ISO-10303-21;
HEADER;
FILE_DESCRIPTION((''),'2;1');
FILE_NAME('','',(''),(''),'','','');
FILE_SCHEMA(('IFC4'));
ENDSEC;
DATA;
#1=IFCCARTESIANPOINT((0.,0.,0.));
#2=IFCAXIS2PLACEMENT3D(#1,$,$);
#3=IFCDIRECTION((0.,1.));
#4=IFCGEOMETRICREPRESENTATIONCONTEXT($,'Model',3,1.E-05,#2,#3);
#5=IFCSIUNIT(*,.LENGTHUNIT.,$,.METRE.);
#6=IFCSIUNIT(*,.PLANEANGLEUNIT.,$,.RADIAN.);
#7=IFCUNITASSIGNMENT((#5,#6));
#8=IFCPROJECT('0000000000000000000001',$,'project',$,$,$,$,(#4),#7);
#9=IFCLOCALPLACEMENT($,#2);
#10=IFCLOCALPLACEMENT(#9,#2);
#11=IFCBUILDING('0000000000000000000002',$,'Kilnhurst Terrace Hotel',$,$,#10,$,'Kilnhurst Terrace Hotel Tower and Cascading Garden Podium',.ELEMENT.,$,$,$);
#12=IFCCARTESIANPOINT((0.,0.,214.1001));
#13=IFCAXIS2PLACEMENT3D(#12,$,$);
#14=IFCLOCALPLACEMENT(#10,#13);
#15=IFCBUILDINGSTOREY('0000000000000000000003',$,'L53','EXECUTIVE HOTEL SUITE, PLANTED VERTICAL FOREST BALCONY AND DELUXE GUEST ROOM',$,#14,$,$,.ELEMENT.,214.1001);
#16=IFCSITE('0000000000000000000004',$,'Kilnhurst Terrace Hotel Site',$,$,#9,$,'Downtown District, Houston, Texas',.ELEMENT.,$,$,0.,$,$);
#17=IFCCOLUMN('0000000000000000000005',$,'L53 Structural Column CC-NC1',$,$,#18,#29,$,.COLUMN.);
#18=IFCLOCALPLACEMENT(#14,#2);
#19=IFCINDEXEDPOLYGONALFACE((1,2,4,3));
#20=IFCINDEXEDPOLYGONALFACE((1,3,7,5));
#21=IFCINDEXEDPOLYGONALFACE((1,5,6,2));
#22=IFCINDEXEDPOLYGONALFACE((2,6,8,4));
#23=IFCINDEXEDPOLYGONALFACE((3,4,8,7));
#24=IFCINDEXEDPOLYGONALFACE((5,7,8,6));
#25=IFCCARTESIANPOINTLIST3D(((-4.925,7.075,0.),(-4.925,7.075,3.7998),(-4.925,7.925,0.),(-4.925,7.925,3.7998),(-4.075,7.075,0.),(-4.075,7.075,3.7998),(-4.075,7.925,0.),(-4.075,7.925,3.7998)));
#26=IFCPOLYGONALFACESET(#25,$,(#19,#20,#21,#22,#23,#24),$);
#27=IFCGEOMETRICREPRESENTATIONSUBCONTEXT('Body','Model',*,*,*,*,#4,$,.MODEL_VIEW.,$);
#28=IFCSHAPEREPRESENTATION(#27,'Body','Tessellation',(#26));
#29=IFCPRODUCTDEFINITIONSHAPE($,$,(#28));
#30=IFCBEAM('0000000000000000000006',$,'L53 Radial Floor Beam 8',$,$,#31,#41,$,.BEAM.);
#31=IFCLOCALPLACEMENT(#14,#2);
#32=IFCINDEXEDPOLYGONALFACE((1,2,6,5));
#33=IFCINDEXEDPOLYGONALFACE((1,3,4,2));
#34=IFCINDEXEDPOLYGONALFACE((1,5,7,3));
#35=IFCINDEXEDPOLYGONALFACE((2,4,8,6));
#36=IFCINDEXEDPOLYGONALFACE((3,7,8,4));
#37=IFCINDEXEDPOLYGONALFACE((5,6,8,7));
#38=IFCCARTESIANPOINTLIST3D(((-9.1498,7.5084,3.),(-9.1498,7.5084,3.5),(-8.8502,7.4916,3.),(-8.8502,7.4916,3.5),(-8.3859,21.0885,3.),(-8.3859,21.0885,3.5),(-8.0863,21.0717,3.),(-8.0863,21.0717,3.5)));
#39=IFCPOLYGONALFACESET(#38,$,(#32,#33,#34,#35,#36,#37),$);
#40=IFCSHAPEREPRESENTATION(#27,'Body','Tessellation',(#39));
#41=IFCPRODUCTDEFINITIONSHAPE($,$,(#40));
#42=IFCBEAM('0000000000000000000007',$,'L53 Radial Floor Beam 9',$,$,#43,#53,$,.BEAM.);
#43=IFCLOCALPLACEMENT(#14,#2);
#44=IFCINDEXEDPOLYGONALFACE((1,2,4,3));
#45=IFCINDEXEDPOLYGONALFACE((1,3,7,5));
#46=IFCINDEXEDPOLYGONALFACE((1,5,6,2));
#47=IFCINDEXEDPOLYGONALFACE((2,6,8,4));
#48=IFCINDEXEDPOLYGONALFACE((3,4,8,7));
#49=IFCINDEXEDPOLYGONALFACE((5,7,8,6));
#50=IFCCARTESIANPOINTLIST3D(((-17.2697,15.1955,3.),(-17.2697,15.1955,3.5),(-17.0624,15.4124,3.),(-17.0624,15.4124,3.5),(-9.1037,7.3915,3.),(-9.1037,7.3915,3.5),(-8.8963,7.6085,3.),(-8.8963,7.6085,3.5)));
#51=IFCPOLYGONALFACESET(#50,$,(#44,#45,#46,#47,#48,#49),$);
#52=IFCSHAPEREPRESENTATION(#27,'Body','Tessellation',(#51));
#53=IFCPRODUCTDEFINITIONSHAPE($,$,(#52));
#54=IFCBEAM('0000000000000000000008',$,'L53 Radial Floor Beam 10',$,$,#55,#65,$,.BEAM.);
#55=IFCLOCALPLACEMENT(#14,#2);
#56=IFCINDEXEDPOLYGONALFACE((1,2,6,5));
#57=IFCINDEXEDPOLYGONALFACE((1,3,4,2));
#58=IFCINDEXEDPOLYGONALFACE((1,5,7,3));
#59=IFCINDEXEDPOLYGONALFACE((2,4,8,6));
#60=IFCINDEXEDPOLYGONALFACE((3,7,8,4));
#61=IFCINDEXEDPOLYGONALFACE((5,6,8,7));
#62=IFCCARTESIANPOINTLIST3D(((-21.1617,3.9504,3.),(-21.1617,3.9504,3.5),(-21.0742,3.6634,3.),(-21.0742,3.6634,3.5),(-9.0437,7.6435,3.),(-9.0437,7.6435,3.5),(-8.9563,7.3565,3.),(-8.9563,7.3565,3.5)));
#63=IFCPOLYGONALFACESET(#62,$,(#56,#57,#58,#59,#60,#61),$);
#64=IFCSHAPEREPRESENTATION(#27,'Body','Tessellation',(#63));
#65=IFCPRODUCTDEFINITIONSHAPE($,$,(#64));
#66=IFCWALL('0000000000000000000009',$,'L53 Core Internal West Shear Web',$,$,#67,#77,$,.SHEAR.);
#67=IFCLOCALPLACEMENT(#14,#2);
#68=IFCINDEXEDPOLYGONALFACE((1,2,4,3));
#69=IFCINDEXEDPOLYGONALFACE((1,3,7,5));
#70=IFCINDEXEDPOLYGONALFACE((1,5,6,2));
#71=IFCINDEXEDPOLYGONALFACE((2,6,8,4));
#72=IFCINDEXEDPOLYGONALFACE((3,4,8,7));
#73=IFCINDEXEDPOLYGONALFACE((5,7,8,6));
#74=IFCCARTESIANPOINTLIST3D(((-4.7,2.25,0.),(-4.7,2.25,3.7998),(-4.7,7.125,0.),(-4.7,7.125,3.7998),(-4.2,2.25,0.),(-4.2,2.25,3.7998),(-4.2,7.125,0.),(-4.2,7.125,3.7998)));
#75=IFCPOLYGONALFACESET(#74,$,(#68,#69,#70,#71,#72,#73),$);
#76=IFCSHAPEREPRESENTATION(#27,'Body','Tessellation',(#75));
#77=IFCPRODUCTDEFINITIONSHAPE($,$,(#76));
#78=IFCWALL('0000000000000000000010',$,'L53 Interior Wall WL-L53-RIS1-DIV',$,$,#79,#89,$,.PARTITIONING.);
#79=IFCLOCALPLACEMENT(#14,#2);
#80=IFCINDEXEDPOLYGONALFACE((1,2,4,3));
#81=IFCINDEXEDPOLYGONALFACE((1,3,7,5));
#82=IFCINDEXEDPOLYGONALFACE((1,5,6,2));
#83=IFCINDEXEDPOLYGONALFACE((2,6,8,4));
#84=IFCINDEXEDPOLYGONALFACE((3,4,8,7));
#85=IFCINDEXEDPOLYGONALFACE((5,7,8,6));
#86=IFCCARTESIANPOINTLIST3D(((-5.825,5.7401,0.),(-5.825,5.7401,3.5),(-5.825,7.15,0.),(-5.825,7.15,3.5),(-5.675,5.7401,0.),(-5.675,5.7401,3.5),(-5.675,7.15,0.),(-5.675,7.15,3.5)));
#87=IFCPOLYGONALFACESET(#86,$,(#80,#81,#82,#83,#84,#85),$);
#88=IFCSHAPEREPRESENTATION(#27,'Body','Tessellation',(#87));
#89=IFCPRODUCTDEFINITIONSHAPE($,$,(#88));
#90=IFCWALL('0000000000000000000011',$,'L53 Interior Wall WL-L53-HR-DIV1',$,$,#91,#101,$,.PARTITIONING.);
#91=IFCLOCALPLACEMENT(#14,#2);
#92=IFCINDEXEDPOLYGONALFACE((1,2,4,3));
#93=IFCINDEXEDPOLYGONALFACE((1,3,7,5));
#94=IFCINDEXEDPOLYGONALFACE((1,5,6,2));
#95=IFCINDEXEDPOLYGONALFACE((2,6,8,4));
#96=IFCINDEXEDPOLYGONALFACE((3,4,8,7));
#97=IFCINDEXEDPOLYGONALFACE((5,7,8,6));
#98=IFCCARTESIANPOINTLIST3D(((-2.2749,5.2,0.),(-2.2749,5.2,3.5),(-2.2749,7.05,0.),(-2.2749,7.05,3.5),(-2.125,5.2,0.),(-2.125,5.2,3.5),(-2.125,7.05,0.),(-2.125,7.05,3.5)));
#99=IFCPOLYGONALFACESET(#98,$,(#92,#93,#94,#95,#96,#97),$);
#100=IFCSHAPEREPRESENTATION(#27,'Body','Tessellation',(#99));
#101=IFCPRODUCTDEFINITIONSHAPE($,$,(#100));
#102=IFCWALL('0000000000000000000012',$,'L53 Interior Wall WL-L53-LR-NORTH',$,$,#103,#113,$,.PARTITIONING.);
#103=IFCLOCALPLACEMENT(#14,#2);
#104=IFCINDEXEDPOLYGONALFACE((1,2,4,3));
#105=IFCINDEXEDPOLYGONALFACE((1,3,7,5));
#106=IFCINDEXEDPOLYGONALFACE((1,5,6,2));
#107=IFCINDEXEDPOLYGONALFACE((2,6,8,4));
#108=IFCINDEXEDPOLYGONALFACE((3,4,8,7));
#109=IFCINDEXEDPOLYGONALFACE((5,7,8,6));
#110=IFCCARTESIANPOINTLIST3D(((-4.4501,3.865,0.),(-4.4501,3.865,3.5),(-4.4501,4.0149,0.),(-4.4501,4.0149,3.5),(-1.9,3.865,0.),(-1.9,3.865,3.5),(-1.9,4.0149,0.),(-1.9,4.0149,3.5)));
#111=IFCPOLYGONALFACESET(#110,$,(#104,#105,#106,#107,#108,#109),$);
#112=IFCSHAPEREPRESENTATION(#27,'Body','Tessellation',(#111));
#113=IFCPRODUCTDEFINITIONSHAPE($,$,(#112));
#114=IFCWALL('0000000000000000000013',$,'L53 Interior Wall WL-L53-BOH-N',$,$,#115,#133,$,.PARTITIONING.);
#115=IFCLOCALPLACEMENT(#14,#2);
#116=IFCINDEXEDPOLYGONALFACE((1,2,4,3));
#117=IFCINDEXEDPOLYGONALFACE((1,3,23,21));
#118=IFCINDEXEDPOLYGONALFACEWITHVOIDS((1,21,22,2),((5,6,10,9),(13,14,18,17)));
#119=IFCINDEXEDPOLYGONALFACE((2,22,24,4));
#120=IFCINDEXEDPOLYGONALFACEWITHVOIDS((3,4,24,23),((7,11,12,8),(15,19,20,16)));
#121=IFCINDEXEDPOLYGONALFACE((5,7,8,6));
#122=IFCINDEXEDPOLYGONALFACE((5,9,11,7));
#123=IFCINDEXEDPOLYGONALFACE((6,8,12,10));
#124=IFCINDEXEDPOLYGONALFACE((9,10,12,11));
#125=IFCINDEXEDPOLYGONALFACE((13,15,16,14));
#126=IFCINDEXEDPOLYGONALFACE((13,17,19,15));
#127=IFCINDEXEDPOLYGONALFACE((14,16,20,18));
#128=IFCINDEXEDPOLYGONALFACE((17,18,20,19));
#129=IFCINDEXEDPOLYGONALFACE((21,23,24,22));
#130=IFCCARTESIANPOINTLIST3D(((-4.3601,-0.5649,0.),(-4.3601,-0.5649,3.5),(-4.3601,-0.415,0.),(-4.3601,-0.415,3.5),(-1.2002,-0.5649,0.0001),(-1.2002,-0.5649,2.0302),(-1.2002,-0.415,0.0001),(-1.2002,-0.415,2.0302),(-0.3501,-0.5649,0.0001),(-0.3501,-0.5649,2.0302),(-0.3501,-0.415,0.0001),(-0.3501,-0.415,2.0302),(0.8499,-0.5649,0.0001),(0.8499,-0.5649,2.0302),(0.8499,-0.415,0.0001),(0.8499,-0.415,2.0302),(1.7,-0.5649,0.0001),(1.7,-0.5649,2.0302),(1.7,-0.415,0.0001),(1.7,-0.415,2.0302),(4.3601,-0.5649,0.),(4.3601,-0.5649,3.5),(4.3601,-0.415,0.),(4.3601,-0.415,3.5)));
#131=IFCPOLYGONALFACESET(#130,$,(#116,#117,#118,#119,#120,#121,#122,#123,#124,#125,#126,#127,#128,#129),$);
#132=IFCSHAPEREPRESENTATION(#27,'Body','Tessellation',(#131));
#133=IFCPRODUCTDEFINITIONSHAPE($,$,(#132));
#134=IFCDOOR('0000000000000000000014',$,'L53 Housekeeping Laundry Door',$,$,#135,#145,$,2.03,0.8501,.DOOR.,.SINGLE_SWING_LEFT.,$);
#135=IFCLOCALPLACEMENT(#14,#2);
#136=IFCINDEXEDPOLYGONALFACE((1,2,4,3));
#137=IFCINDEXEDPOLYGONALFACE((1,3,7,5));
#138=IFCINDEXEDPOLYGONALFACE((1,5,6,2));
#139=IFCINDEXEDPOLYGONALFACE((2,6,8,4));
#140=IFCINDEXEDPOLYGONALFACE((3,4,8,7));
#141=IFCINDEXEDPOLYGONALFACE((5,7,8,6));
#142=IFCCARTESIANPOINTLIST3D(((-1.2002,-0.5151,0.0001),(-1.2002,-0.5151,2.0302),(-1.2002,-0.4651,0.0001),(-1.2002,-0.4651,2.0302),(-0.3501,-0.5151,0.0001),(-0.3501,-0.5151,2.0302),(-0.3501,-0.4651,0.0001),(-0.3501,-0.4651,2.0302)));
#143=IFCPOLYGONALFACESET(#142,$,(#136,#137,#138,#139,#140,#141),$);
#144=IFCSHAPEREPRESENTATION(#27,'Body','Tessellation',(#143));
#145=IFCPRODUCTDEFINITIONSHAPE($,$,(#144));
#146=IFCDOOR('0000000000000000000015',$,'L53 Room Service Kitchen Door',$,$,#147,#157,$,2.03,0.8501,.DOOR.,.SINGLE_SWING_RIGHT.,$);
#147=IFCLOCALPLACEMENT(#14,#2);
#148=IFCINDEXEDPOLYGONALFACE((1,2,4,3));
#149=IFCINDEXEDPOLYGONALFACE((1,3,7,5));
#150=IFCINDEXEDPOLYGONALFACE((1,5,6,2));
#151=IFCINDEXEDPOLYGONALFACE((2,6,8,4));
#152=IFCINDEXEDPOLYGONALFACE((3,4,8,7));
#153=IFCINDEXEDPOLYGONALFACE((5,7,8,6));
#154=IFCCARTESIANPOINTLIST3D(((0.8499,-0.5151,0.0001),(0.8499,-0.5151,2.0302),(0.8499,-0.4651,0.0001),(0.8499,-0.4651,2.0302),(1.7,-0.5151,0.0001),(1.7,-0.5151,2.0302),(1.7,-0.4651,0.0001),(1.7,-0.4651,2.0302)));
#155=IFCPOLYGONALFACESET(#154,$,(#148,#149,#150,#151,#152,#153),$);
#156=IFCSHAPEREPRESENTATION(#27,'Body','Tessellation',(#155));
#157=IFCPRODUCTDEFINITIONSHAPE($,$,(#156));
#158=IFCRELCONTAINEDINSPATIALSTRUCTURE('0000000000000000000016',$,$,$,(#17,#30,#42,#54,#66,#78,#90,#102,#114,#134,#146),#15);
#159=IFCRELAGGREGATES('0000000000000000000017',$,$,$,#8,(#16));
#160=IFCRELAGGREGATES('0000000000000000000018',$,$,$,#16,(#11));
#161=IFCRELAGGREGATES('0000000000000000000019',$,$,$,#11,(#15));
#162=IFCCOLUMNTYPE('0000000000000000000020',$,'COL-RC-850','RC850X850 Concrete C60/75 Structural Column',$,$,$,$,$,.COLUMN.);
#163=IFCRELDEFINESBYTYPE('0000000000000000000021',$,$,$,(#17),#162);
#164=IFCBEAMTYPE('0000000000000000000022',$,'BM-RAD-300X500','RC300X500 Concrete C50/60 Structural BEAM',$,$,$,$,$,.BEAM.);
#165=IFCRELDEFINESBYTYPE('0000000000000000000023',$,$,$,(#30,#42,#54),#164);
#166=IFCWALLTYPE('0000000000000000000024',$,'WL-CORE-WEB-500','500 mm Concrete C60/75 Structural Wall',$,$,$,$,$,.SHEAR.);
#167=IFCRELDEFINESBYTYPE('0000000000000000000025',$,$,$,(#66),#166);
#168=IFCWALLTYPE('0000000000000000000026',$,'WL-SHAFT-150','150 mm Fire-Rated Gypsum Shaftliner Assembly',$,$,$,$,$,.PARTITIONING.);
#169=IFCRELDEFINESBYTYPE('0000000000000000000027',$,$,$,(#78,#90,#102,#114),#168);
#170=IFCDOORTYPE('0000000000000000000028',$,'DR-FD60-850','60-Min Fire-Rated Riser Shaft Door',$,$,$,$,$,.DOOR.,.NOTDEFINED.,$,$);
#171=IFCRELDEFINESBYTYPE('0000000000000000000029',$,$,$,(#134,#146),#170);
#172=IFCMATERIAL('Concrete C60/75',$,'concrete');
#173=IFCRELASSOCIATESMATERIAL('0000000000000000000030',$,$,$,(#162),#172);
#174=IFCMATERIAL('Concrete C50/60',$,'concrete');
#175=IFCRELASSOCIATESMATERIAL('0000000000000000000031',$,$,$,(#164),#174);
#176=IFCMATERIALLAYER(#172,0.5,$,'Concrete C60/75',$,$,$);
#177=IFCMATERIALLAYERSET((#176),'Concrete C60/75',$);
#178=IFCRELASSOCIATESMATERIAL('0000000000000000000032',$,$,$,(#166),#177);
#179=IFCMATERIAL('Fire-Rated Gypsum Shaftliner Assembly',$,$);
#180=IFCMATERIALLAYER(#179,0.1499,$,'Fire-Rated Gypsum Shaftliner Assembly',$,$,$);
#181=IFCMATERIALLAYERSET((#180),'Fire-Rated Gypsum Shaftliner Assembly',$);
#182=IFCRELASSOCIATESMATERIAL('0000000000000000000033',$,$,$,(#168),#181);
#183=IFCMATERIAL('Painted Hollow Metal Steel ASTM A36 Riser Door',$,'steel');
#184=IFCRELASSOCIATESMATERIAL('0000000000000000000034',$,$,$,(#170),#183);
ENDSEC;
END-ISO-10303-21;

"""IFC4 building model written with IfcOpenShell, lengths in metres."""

from ifc_helpers import new_model, si_unit, direction, frame, frame_2d, origin, origin_2d, place, context, subcontext, project, spatial, rectangle, extrude, material, layer, layer_set, material_profile, profile_set, type_object, element, fill, save


model = new_model("IFC4")

# Units and contexts
model_context = context("Model", 3, precision=1e-05, world=origin(), true_north=direction((0.0, 1.0)))
body_context = subcontext(model_context, "Body", "Model", "MODEL_VIEW")
ifc_project = project(units=[si_unit("LENGTHUNIT", "METRE"), si_unit("PLANEANGLEUNIT", "RADIAN")], contexts=[model_context])

# Site, building, storey
site_placement = place(None, origin())
site = spatial("IfcSite", under=ifc_project, at=site_placement, Name="Kilnhurst Terrace Hotel Site", LongName="Downtown District, Houston, Texas", CompositionType="ELEMENT", RefElevation=0.0)
building_placement = place(site_placement, origin())
building = spatial("IfcBuilding", under=site, at=building_placement, Name="Kilnhurst Terrace Hotel", LongName="Kilnhurst Terrace Hotel Tower and Cascading Garden Podium", CompositionType="ELEMENT")
storey_placement = place(building_placement, frame((0.0, 0.0, 214.1001)))
storey = spatial("IfcBuildingStorey", under=building, at=storey_placement, Name="L53", Description="EXECUTIVE HOTEL SUITE, PLANTED VERTICAL FOREST BALCONY AND DELUXE GUEST ROOM", CompositionType="ELEMENT", Elevation=214.1001)

# Column
ifc_material_1 = material(Name="Concrete C60/75", Category="concrete")
ifc_material_profile_1 = material_profile(ifc_material_1, rectangle(XDim=0.8501, YDim=0.8501, at=origin_2d()), Name="RC850X850")
ifc_profile_set_1 = profile_set([ifc_material_profile_1], Name="Concrete C60/75")
column_type = type_object("IfcColumnType", Name="COL-RC-850", Description="RC850X850 Concrete C60/75 Structural Column", PredefinedType="COLUMN", material=ifc_profile_set_1)
column_placement = place(storey_placement, frame((-4.5, 7.5, 0.0), z_axis=(0.0, 0.0, 1.0), x_axis=(1.0, 0.0, 0.0)))
element("IfcColumn", 1, at=column_placement, inside=storey, type_object=column_type, Name="L53 Structural Column CC-NC1", PredefinedType="COLUMN", context=body_context, shape_type="SweptSolid", body=[
    extrude(rectangle(XDim=0.8501, YDim=0.8501, at=origin_2d()), origin(), (0.0, 0.0, 1.0), 3.7998),
])

# Beams
ifc_material_2 = material(Name="Concrete C50/60", Category="concrete")
ifc_material_profile_2 = material_profile(ifc_material_2, rectangle(XDim=0.3, YDim=0.5, at=origin_2d()), Name="RC300X500")
ifc_profile_set_2 = profile_set([ifc_material_profile_2], Name="Concrete C50/60")
beam_type = type_object("IfcBeamType", Name="BM-RAD-300X500", Description="RC300X500 Concrete C50/60 Structural BEAM", PredefinedType="BEAM", material=ifc_profile_set_2)
beam_1_placement = place(storey_placement, frame((-9.0, 7.5, 3.25), z_axis=(0.056164, 0.998422, 0.0), x_axis=(-0.998422, 0.056164, 0.0)))
element("IfcBeam", 2, at=beam_1_placement, inside=storey, type_object=beam_type, Name="L53 Radial Floor Beam 8", PredefinedType="BEAM", context=body_context, shape_type="SweptSolid", body=[
    extrude(rectangle(XDim=0.3, YDim=0.5, at=origin_2d()), origin(), (0.0, 0.0, 1.0), 13.6016),
])
beam_2_placement = place(storey_placement, frame((-9.0, 7.5, 3.25), z_axis=(-0.722952, 0.690898, 0.0), x_axis=(-0.690898, -0.722952, 0.0)))
element("IfcBeam", 3, at=beam_2_placement, inside=storey, type_object=beam_type, Name="L53 Radial Floor Beam 9", PredefinedType="BEAM", context=body_context, shape_type="SweptSolid", body=[
    extrude(rectangle(XDim=0.3, YDim=0.5, at=origin_2d()), origin(), (0.0, 0.0, 1.0), 11.2954),
])
beam_3_placement = place(storey_placement, frame((-9.0, 7.5, 3.25), z_axis=(-0.956563, -0.291527, 0.0), x_axis=(0.291527, -0.956563, 0.0)))
element("IfcBeam", 4, at=beam_3_placement, inside=storey, type_object=beam_type, Name="L53 Radial Floor Beam 10", PredefinedType="BEAM", context=body_context, shape_type="SweptSolid", body=[
    extrude(rectangle(XDim=0.3, YDim=0.5, at=origin_2d()), origin(), (0.0, 0.0, 1.0), 12.6682),
])

# Walls
ifc_layer_1 = layer(ifc_material_1, 0.5, Name="Concrete C60/75")
ifc_layer_set_1 = layer_set([ifc_layer_1], Name="Concrete C60/75")
wall_type_1 = type_object("IfcWallType", Name="WL-CORE-WEB-500", Description="500 mm Concrete C60/75 Structural Wall", PredefinedType="SHEAR", material=ifc_layer_set_1)
wall_1_placement = place(storey_placement, frame((-4.45, 2.25, 0.0), z_axis=(0.0, 0.0, 1.0), x_axis=(0.0, 1.0, 0.0)))
element("IfcWall", 5, at=wall_1_placement, inside=storey, type_object=wall_type_1, Name="L53 Core Internal West Shear Web", PredefinedType="SHEAR", context=body_context, shape_type="SweptSolid", body=[
    extrude(rectangle(XDim=4.875, YDim=0.5, at=frame_2d((2.4375, 0.0))), origin(), (0.0, 0.0, 1.0), 3.7998),
])
ifc_material_3 = material(Name="Fire-Rated Gypsum Shaftliner Assembly")
ifc_layer_2 = layer(ifc_material_3, 0.1499, Name="Fire-Rated Gypsum Shaftliner Assembly")
ifc_layer_set_2 = layer_set([ifc_layer_2], Name="Fire-Rated Gypsum Shaftliner Assembly")
wall_type_2 = type_object("IfcWallType", Name="WL-SHAFT-150", Description="150 mm Fire-Rated Gypsum Shaftliner Assembly", PredefinedType="PARTITIONING", material=ifc_layer_set_2)
wall_2_placement = place(storey_placement, frame((-5.75, 5.74, 0.0), z_axis=(0.0, 0.0, 1.0), x_axis=(0.0, 1.0, 0.0)))
element("IfcWall", 6, at=wall_2_placement, inside=storey, type_object=wall_type_2, Name="L53 Interior Wall WL-L53-RIS1-DIV", PredefinedType="PARTITIONING", context=body_context, shape_type="SweptSolid", body=[
    extrude(rectangle(XDim=1.4099, YDim=0.1499, at=frame_2d((0.7051, 0.0))), origin(), (0.0, 0.0, 1.0), 3.5),
])
wall_3_placement = place(storey_placement, frame((-2.2, 5.2, 0.0), z_axis=(0.0, 0.0, 1.0), x_axis=(0.0, 1.0, 0.0)))
element("IfcWall", 7, at=wall_3_placement, inside=storey, type_object=wall_type_2, Name="L53 Interior Wall WL-L53-HR-DIV1", PredefinedType="PARTITIONING", context=body_context, shape_type="SweptSolid", body=[
    extrude(rectangle(XDim=1.8501, YDim=0.1499, at=frame_2d((0.925, 0.0))), origin(), (0.0, 0.0, 1.0), 3.5),
])
wall_4_placement = place(storey_placement, frame((-4.45, 3.9399, 0.0), z_axis=(0.0, 0.0, 1.0), x_axis=(1.0, 0.0, 0.0)))
element("IfcWall", 8, at=wall_4_placement, inside=storey, type_object=wall_type_2, Name="L53 Interior Wall WL-L53-LR-NORTH", PredefinedType="PARTITIONING", context=body_context, shape_type="SweptSolid", body=[
    extrude(rectangle(XDim=2.55, YDim=0.1499, at=frame_2d((1.2749, 0.0))), origin(), (0.0, 0.0, 1.0), 3.5),
])

# Wall, openings, doors
wall_5_placement = place(storey_placement, frame((-4.3601, -0.49, 0.0), z_axis=(0.0, 0.0, 1.0), x_axis=(1.0, 0.0, 0.0)))
wall_5 = element("IfcWall", 9, at=wall_5_placement, inside=storey, type_object=wall_type_2, Name="L53 Interior Wall WL-L53-BOH-N", PredefinedType="PARTITIONING", context=body_context, shape_type="SweptSolid", body=[
    extrude(rectangle(XDim=8.7202, YDim=0.1499, at=frame_2d((4.3601, 0.0))), origin(), (0.0, 0.0, 1.0), 3.5),
])
opening_1_placement = place(wall_5_placement, frame((3.1599, 0.0, 0.0)))
opening_1 = element("IfcOpeningElement", 10, at=opening_1_placement, cuts=wall_5, PredefinedType="OPENING", context=body_context, shape_type="SweptSolid", body=[
    extrude(rectangle(XDim=0.8501, YDim=2.03, at=frame_2d((0.425, 1.0151))), frame((0.0, 0.085, 0.0), z_axis=(0.0, -1.0, 0.0), x_axis=(1.0, 0.0, 0.0)), (0.0, 0.0, 1.0), 0.1699),
])
opening_2_placement = place(wall_5_placement, frame((5.21, 0.0, 0.0)))
opening_2 = element("IfcOpeningElement", 11, at=opening_2_placement, cuts=wall_5, PredefinedType="OPENING", context=body_context, shape_type="SweptSolid", body=[
    extrude(rectangle(XDim=0.8501, YDim=2.03, at=frame_2d((0.425, 1.0151))), frame((0.0, 0.085, 0.0), z_axis=(0.0, -1.0, 0.0), x_axis=(1.0, 0.0, 0.0)), (0.0, 0.0, 1.0), 0.1699),
])
ifc_material_4 = material(Name="Painted Hollow Metal Steel ASTM A36 Riser Door", Category="steel")
door_type_1 = type_object("IfcDoorType", Name="DR-FD60-850", Description="60-Min Fire-Rated Riser Shaft Door", OperationType="NOTDEFINED", PredefinedType="DOOR", material=ifc_material_4)
door_1_placement = place(opening_1_placement, origin())
door_1 = element("IfcDoor", 12, at=door_1_placement, inside=storey, type_object=door_type_1, Name="L53 Housekeeping Laundry Door", OperationType="SINGLE_SWING_LEFT", OverallHeight=2.03, OverallWidth=0.8501, PredefinedType="DOOR", context=body_context, shape_type="SweptSolid", body=[
    extrude(rectangle(XDim=0.8501, YDim=2.03, at=frame_2d((0.425, 1.0151))), frame((0.0, 0.0249, 0.0), z_axis=(0.0, -1.0, 0.0), x_axis=(1.0, 0.0, 0.0)), (0.0, 0.0, 1.0), 0.05),
])
fill(opening_1, door_1)
door_2_placement = place(opening_2_placement, origin())
door_2 = element("IfcDoor", 13, at=door_2_placement, inside=storey, type_object=door_type_1, Name="L53 Room Service Kitchen Door", OperationType="SINGLE_SWING_RIGHT", OverallHeight=2.03, OverallWidth=0.8501, PredefinedType="DOOR", context=body_context, shape_type="SweptSolid", body=[
    extrude(rectangle(XDim=0.8501, YDim=2.03, at=frame_2d((0.425, 1.0151))), frame((0.0, 0.0249, 0.0), z_axis=(0.0, -1.0, 0.0), x_axis=(1.0, 0.0, 0.0)), (0.0, 0.0, 1.0), 0.05),
])
fill(opening_2, door_2)

save(model, "model.ifc")
